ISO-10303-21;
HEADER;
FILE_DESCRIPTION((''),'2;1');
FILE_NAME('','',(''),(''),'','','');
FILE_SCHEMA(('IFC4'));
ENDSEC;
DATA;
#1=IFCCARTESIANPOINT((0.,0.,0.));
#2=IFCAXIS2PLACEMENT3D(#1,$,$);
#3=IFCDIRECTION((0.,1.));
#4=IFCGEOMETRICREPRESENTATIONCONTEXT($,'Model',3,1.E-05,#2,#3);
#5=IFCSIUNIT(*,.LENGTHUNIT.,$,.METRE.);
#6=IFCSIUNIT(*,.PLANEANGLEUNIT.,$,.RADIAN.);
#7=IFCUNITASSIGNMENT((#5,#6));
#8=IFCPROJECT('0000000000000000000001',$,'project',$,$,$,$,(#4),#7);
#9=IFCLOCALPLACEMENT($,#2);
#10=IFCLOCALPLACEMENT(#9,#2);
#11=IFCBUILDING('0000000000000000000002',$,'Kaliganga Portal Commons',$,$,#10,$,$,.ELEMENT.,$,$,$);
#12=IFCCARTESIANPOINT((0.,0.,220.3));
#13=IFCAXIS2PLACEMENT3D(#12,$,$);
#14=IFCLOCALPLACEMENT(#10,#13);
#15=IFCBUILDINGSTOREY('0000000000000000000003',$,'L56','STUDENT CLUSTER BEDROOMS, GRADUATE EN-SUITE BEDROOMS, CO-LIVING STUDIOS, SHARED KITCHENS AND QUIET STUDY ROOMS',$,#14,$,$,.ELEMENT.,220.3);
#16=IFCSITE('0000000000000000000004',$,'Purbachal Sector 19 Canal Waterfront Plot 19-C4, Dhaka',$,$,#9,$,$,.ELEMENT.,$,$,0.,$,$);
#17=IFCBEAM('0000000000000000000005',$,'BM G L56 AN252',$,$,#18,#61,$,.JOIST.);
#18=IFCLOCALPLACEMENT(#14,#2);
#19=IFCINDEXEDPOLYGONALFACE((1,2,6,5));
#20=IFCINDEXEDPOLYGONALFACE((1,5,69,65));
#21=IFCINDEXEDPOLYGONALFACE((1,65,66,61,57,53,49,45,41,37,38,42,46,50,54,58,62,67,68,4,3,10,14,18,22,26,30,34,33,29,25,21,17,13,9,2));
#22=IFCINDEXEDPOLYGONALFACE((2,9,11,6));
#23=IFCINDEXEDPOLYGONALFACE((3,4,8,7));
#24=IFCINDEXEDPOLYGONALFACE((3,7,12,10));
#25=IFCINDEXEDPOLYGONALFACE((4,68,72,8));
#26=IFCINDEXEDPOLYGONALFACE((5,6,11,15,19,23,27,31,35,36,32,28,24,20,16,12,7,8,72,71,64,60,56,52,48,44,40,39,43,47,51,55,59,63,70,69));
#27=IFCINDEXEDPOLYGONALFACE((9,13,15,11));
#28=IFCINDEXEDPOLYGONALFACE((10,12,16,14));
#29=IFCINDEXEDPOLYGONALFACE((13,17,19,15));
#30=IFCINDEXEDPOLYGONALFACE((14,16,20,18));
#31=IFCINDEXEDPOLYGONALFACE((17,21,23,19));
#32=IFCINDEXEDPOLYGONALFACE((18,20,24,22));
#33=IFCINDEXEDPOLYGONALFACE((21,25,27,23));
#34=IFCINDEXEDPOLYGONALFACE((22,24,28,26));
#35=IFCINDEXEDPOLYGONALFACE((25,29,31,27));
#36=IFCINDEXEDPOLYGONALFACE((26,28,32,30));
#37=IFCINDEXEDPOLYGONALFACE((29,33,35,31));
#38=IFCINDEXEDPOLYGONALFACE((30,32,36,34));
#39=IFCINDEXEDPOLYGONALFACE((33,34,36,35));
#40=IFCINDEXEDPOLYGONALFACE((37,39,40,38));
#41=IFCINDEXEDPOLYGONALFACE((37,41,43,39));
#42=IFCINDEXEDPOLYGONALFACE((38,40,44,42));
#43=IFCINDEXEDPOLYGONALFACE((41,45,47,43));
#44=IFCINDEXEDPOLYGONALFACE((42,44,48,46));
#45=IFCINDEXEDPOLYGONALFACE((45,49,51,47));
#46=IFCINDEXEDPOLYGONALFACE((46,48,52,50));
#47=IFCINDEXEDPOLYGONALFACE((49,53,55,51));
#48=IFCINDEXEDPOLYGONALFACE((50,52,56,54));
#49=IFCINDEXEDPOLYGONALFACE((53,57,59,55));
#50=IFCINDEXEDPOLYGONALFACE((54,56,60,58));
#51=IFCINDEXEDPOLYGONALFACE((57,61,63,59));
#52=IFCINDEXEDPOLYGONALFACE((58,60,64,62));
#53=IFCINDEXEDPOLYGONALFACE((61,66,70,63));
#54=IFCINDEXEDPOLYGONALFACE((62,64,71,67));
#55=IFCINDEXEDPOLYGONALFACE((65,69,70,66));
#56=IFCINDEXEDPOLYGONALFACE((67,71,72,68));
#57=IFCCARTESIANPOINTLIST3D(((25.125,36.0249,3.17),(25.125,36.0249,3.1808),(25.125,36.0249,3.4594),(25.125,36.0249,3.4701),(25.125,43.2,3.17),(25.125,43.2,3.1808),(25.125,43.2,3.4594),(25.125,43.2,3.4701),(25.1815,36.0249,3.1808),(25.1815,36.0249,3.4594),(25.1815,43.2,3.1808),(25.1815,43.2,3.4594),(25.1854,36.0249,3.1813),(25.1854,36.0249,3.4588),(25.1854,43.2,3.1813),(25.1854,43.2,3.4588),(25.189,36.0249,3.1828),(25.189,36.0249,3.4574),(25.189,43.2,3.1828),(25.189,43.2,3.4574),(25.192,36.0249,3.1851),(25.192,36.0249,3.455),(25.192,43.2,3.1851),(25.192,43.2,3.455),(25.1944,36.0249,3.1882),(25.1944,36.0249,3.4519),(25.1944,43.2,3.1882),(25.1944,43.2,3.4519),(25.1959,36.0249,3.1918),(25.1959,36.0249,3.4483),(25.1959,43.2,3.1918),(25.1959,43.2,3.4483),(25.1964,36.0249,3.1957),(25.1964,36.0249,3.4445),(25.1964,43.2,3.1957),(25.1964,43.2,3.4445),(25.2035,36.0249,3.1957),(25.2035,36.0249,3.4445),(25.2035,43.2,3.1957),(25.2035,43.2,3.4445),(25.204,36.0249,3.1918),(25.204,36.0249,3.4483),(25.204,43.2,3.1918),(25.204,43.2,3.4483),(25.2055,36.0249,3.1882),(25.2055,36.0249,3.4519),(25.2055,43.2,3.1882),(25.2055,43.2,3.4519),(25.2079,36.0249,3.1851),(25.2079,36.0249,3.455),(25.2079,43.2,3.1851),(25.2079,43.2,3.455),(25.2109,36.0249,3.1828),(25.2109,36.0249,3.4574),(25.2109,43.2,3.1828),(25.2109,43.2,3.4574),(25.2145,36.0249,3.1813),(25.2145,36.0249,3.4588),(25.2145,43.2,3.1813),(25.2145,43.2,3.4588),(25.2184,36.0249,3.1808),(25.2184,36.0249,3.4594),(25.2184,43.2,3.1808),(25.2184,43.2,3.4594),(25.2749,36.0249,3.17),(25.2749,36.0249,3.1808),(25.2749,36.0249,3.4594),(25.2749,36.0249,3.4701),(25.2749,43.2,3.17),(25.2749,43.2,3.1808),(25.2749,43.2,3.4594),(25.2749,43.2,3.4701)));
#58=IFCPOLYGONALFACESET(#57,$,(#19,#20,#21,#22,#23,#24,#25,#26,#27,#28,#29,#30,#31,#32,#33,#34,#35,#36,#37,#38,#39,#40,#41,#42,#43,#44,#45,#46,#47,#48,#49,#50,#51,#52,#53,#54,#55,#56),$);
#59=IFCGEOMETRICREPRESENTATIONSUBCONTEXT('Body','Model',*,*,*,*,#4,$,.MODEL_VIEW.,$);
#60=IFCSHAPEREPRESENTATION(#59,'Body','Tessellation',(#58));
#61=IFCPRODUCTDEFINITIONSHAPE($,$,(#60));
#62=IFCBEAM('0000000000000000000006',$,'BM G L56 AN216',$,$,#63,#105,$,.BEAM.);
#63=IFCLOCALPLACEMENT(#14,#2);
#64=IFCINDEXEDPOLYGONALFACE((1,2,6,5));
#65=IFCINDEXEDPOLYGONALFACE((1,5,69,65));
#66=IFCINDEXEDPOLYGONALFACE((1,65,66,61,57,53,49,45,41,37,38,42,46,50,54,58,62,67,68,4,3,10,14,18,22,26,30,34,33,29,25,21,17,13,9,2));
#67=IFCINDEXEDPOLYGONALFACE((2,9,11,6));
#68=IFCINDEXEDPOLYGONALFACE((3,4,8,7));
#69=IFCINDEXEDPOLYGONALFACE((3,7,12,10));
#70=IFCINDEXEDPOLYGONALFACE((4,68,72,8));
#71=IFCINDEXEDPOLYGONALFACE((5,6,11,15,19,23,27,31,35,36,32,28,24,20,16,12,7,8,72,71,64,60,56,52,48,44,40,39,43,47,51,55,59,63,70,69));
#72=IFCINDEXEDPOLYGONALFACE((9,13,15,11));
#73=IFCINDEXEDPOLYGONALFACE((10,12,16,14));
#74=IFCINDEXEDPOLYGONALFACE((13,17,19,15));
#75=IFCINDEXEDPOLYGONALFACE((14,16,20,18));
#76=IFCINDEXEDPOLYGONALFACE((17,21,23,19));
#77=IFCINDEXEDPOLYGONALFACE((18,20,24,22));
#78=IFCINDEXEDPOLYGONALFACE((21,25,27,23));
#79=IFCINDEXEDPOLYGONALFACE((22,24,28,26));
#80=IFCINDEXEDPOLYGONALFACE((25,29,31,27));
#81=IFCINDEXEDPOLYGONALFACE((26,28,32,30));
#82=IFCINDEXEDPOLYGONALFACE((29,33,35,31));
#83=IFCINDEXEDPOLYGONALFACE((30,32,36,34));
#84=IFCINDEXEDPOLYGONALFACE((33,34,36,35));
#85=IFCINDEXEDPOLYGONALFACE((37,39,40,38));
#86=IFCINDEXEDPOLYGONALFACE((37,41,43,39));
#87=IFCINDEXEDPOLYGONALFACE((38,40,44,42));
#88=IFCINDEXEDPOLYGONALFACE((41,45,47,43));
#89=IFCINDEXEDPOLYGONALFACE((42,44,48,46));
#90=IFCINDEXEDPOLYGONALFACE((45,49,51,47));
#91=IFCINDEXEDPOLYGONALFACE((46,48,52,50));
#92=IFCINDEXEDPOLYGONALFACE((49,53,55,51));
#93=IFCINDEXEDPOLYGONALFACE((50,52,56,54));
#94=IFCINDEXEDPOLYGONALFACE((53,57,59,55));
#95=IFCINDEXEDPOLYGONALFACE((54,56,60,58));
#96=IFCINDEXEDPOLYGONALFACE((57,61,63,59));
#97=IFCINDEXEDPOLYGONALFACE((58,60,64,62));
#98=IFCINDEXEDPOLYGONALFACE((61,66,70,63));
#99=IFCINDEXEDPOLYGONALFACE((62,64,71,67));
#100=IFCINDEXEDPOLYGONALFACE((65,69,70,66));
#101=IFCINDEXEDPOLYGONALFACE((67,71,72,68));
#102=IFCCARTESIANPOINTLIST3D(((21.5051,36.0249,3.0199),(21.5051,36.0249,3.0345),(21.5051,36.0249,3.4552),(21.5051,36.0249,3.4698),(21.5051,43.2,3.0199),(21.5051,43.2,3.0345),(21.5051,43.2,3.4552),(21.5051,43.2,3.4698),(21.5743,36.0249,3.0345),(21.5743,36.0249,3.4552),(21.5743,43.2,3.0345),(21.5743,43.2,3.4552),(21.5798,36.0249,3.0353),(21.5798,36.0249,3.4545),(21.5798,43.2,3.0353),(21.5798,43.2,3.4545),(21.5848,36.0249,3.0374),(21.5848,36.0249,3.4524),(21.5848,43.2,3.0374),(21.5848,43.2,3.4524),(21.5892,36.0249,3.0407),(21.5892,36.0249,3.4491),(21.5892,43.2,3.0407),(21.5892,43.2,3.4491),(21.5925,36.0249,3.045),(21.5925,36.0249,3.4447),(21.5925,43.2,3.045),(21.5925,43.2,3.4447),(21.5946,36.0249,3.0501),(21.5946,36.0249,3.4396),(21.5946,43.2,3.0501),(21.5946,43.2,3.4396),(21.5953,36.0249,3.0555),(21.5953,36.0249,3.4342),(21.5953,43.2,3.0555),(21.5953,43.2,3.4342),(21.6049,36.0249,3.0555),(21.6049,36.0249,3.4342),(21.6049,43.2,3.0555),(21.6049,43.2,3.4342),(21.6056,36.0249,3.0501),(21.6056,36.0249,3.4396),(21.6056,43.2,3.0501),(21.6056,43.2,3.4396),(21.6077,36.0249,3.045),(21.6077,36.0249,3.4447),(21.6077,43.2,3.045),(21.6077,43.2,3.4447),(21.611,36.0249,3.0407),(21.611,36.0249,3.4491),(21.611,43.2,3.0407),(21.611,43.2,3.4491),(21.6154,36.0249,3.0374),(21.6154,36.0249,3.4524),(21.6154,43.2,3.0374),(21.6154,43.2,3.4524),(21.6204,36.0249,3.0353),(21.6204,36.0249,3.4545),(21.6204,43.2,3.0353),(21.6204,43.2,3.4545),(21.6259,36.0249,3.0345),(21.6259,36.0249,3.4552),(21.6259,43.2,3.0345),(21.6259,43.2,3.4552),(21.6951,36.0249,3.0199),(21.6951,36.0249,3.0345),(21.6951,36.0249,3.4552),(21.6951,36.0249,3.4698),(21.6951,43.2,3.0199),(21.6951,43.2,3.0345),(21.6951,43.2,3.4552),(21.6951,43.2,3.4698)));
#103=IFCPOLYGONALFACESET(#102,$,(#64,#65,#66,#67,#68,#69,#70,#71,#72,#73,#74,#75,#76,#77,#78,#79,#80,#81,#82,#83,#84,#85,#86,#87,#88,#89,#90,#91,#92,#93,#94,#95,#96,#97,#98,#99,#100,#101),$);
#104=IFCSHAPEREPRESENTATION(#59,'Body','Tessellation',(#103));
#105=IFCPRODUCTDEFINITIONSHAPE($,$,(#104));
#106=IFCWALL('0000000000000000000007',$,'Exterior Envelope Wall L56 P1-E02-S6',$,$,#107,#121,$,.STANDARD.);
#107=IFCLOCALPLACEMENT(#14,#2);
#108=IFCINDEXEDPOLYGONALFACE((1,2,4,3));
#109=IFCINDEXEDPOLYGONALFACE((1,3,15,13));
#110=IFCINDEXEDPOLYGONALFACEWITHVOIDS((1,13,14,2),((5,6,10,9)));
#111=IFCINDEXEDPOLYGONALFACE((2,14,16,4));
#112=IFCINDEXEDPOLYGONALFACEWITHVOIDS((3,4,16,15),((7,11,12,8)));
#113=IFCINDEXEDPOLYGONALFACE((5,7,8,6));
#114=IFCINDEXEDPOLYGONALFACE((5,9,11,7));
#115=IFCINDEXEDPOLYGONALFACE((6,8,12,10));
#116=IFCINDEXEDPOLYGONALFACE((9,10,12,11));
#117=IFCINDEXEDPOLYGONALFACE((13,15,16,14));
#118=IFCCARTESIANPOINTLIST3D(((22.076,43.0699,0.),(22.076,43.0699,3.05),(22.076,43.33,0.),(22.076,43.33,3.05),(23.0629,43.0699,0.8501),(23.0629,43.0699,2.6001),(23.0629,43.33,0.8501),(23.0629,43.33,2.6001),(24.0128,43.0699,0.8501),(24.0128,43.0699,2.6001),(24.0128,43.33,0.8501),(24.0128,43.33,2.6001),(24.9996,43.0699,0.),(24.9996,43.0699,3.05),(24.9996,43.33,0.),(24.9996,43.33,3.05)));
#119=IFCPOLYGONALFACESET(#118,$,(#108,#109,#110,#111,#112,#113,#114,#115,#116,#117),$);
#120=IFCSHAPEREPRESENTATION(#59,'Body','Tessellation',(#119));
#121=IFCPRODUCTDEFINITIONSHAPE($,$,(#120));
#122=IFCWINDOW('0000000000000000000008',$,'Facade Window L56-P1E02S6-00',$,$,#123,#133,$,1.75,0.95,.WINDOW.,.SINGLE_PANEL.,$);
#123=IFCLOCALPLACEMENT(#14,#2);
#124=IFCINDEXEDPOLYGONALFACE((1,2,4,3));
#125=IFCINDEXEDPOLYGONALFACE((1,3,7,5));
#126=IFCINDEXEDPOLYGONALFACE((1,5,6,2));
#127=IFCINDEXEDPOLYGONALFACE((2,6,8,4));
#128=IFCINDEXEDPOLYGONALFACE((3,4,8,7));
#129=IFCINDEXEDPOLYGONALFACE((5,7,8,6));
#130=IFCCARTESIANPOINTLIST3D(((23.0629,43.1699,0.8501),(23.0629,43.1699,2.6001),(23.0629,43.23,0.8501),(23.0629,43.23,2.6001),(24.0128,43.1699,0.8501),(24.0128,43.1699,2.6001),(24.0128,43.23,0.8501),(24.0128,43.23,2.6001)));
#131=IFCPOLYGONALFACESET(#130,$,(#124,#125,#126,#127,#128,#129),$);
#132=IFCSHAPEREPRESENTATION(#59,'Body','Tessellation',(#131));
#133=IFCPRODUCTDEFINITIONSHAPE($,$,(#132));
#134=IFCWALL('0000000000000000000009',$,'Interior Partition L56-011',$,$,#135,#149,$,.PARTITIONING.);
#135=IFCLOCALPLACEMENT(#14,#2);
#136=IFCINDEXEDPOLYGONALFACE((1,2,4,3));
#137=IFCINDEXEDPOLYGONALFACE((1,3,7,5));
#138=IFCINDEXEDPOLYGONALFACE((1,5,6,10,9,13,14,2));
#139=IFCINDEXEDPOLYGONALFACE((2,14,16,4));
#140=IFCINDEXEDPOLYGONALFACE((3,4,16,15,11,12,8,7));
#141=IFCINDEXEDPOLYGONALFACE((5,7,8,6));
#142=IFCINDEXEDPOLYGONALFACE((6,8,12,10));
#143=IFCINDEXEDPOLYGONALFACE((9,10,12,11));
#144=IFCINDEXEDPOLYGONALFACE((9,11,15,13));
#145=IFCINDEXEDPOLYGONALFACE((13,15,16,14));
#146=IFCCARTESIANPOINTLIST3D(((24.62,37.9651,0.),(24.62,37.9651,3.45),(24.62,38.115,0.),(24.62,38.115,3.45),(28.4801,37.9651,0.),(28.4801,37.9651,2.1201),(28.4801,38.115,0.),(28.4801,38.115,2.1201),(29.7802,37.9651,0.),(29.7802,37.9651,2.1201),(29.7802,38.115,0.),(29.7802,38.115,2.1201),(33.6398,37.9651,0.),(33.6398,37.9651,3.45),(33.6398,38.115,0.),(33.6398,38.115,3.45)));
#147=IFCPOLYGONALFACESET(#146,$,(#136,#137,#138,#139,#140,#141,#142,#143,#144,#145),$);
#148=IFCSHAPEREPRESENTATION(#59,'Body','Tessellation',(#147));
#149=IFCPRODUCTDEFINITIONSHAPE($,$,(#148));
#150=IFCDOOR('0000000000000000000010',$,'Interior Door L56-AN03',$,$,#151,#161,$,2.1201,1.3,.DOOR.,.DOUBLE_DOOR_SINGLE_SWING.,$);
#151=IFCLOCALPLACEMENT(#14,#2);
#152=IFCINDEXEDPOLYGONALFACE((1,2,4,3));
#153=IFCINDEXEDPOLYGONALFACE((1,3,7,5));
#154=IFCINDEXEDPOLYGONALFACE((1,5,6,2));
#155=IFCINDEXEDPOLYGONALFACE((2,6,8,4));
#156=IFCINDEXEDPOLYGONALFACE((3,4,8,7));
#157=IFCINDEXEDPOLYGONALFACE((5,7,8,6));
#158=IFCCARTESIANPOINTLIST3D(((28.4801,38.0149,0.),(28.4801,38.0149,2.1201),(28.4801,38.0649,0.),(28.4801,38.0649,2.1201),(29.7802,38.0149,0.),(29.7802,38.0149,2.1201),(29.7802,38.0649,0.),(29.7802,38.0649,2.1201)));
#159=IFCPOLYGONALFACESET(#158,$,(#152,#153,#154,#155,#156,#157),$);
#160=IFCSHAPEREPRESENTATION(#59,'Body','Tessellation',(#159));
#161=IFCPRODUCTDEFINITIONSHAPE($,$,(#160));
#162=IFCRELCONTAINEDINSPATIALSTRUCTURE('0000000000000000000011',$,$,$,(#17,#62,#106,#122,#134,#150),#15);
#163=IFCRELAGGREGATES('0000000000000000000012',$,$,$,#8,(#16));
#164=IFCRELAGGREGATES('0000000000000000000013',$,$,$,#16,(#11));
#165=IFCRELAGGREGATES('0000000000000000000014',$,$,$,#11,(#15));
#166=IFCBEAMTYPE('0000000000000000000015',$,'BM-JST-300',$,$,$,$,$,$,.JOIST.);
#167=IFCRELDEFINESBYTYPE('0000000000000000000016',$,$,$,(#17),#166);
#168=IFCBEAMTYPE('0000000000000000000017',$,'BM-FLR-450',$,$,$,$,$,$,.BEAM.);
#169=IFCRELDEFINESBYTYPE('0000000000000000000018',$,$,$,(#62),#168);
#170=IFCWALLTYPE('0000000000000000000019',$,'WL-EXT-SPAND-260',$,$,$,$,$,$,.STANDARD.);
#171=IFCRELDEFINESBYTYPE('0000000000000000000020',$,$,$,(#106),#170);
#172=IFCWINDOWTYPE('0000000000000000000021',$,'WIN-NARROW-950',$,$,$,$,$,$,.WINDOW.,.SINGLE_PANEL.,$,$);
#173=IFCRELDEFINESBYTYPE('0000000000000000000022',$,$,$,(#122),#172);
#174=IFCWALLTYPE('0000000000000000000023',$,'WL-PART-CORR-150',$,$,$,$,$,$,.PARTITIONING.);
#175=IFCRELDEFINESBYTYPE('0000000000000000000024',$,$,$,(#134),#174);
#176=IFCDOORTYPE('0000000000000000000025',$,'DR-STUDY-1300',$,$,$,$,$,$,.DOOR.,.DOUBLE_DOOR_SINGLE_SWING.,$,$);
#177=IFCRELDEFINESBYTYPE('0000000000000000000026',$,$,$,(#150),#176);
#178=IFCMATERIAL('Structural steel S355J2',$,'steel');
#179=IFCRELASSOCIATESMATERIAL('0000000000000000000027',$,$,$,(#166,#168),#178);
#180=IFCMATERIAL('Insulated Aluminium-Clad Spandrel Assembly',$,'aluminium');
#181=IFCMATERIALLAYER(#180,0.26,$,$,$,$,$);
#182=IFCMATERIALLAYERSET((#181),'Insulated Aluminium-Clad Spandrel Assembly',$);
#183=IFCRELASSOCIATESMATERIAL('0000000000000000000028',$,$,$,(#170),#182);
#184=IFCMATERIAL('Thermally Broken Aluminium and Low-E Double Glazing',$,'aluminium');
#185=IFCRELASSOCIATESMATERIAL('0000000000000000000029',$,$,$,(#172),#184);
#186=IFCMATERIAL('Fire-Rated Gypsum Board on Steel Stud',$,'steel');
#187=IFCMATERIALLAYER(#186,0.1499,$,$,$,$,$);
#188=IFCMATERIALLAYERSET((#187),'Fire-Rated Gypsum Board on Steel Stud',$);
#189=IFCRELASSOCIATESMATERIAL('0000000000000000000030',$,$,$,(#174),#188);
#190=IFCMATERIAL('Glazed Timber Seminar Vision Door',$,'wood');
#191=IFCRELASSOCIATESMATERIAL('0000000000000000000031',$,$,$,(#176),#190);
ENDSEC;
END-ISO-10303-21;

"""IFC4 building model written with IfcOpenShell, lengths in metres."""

from ifc_helpers import new_model, si_unit, direction, frame, frame_2d, origin, origin_2d, place, context, subcontext, project, spatial, rectangle, i_section, extrude, source, transform, mapped, material, layer, layer_set, material_profile, profile_set, type_object, element, fill, save


model = new_model("IFC4")

# Units and contexts
model_context = context("Model", 3, precision=1e-05, world=origin(), true_north=direction((0.0, 1.0)))
body_context = subcontext(model_context, "Body", "Model", "MODEL_VIEW")
ifc_project = project(units=[si_unit("LENGTHUNIT", "METRE"), si_unit("PLANEANGLEUNIT", "RADIAN")], contexts=[model_context])

# Site, building, storey
site_placement = place(None, origin())
site = spatial("IfcSite", under=ifc_project, at=site_placement, Name="Purbachal Sector 19 Canal Waterfront Plot 19-C4, Dhaka", CompositionType="ELEMENT", RefElevation=0.0)
building_placement = place(site_placement, origin())
building = spatial("IfcBuilding", under=site, at=building_placement, Name="Kaliganga Portal Commons", CompositionType="ELEMENT")
storey_placement = place(building_placement, frame((0.0, 0.0, 220.3)))
storey = spatial("IfcBuildingStorey", under=building, at=storey_placement, Name="L56", Description="STUDENT CLUSTER BEDROOMS, GRADUATE EN-SUITE BEDROOMS, CO-LIVING STUDIOS, SHARED KITCHENS AND QUIET STUDY ROOMS", CompositionType="ELEMENT", Elevation=220.3)

# Shared definitions
ifc_material_1 = material(Name="Structural steel S355J2", Category="steel")

# Beams
ifc_material_profile_1 = material_profile(ifc_material_1, i_section(OverallWidth=0.1499, OverallDepth=0.3, WebThickness=0.0071, FlangeThickness=0.0107, FilletRadius=0.0149, at=origin_2d()), Name="IPE 300")
ifc_profile_set_1 = profile_set([ifc_material_profile_1], Name="Structural steel S355J2 wide-flange")
beam_type_1 = type_object("IfcBeamType", Name="BM-JST-300", PredefinedType="JOIST", material=ifc_profile_set_1)
shared_shape_1 = source(origin(), body_context, "Body", "SweptSolid", [
    extrude(i_section(OverallWidth=0.1499, OverallDepth=0.3, WebThickness=0.0071, FlangeThickness=0.0107, FilletRadius=0.0149, at=origin_2d()), origin(), (0.0, 0.0, 1.0), 7.175),
])
beam_1_placement = place(storey_placement, frame((25.2, 36.0249, 3.3201), z_axis=(0.0, 1.0, 0.0), x_axis=(-1.0, 0.0, 0.0)))
element("IfcBeam", 1, at=beam_1_placement, inside=storey, type_object=beam_type_1, Name="BM G L56 AN252", PredefinedType="JOIST", context=body_context, shape_type="MappedRepresentation", body=[
    mapped(shared_shape_1, transform((0.0, 0.0, 0.0), x_axis=(1.0, 0.0, 0.0), y_axis=(0.0, 1.0, 0.0), z_axis=(0.0, 0.0, 1.0), scale=1.0)),
])
ifc_material_profile_2 = material_profile(ifc_material_1, i_section(OverallWidth=0.1899, OverallDepth=0.45, WebThickness=0.0095, FlangeThickness=0.0146, FilletRadius=0.021, at=origin_2d()), Name="IPE 450")
ifc_profile_set_2 = profile_set([ifc_material_profile_2], Name="Structural steel S355J2 wide-flange")
beam_type_2 = type_object("IfcBeamType", Name="BM-FLR-450", PredefinedType="BEAM", material=ifc_profile_set_2)
shared_shape_2 = source(origin(), body_context, "Body", "SweptSolid", [
    extrude(i_section(OverallWidth=0.1899, OverallDepth=0.45, WebThickness=0.0095, FlangeThickness=0.0146, FilletRadius=0.021, at=origin_2d()), origin(), (0.0, 0.0, 1.0), 7.175),
])
beam_2_placement = place(storey_placement, frame((21.6001, 36.0249, 3.2449), z_axis=(0.0, 1.0, 0.0), x_axis=(-1.0, 0.0, 0.0)))
element("IfcBeam", 2, at=beam_2_placement, inside=storey, type_object=beam_type_2, Name="BM G L56 AN216", PredefinedType="BEAM", context=body_context, shape_type="MappedRepresentation", body=[
    mapped(shared_shape_2, transform((0.0, 0.0, 0.0), x_axis=(1.0, 0.0, 0.0), y_axis=(0.0, 1.0, 0.0), z_axis=(0.0, 0.0, 1.0), scale=1.0)),
])

# Wall, opening, window
ifc_material_2 = material(Name="Insulated Aluminium-Clad Spandrel Assembly", Category="aluminium")
ifc_layer_1 = layer(ifc_material_2, 0.26)
ifc_layer_set_1 = layer_set([ifc_layer_1], Name="Insulated Aluminium-Clad Spandrel Assembly")
wall_type_1 = type_object("IfcWallType", Name="WL-EXT-SPAND-260", PredefinedType="STANDARD", material=ifc_layer_set_1)
wall_1_placement = place(storey_placement, frame((22.0759, 43.2, 0.0), z_axis=(0.0, 0.0, 1.0), x_axis=(1.0, 0.0, 0.0)))
wall_1 = element("IfcWall", 3, at=wall_1_placement, inside=storey, type_object=wall_type_1, Name="Exterior Envelope Wall L56 P1-E02-S6", PredefinedType="STANDARD", context=body_context, shape_type="SweptSolid", body=[
    extrude(rectangle(XDim=2.9236, YDim=0.26, at=frame_2d((1.4619, 0.0))), origin(), (0.0, 0.0, 1.0), 3.05),
])
opening_1_placement = place(wall_1_placement, frame((0.9868, 0.0, 0.8501)))
opening_1 = element("IfcOpeningElement", 4, at=opening_1_placement, cuts=wall_1, PredefinedType="OPENING", context=body_context, shape_type="SweptSolid", body=[
    extrude(rectangle(XDim=0.95, YDim=1.75, at=frame_2d((0.4751, 0.875))), frame((0.0, 0.1401, 0.0), z_axis=(0.0, -1.0, 0.0), x_axis=(1.0, 0.0, 0.0)), (0.0, 0.0, 1.0), 0.28),
])
ifc_material_3 = material(Name="Thermally Broken Aluminium and Low-E Double Glazing", Category="aluminium")
window_type = type_object("IfcWindowType", Name="WIN-NARROW-950", PartitioningType="SINGLE_PANEL", PredefinedType="WINDOW", material=ifc_material_3)
window_placement = place(opening_1_placement, origin())
window = element("IfcWindow", 5, at=window_placement, inside=storey, type_object=window_type, Name="Facade Window L56-P1E02S6-00", OverallHeight=1.75, OverallWidth=0.95, PartitioningType="SINGLE_PANEL", PredefinedType="WINDOW", context=body_context, shape_type="SweptSolid", body=[
    extrude(rectangle(XDim=0.95, YDim=1.75, at=frame_2d((0.4751, 0.875))), frame((0.0, 0.03, 0.0), z_axis=(0.0, -1.0, 0.0), x_axis=(1.0, 0.0, 0.0)), (0.0, 0.0, 1.0), 0.0601),
])
fill(opening_1, window)

# Wall, opening, door
ifc_material_4 = material(Name="Fire-Rated Gypsum Board on Steel Stud", Category="steel")
ifc_layer_2 = layer(ifc_material_4, 0.1499)
ifc_layer_set_2 = layer_set([ifc_layer_2], Name="Fire-Rated Gypsum Board on Steel Stud")
wall_type_2 = type_object("IfcWallType", Name="WL-PART-CORR-150", PredefinedType="PARTITIONING", material=ifc_layer_set_2)
wall_2_placement = place(storey_placement, frame((24.6201, 38.04, 0.0), z_axis=(0.0, 0.0, 1.0), x_axis=(1.0, 0.0, 0.0)))
wall_2 = element("IfcWall", 6, at=wall_2_placement, inside=storey, type_object=wall_type_2, Name="Interior Partition L56-011", PredefinedType="PARTITIONING", context=body_context, shape_type="SweptSolid", body=[
    extrude(rectangle(XDim=9.0198, YDim=0.1499, at=frame_2d((4.5098, 0.0))), origin(), (0.0, 0.0, 1.0), 3.45),
])
opening_2_placement = place(wall_2_placement, frame((3.8601, 0.0, 0.0)))
opening_2 = element("IfcOpeningElement", 7, at=opening_2_placement, cuts=wall_2, PredefinedType="OPENING", context=body_context, shape_type="SweptSolid", body=[
    extrude(rectangle(XDim=1.3, YDim=2.1201, at=frame_2d((0.6499, 1.0601))), frame((0.0, 0.085, 0.0), z_axis=(0.0, -1.0, 0.0), x_axis=(1.0, 0.0, 0.0)), (0.0, 0.0, 1.0), 0.1699),
])
ifc_material_5 = material(Name="Glazed Timber Seminar Vision Door", Category="wood")
door_type_1 = type_object("IfcDoorType", Name="DR-STUDY-1300", OperationType="DOUBLE_DOOR_SINGLE_SWING", PredefinedType="DOOR", material=ifc_material_5)
door_1_placement = place(opening_2_placement, origin())
door_1 = element("IfcDoor", 8, at=door_1_placement, inside=storey, type_object=door_type_1, Name="Interior Door L56-AN03", OperationType="DOUBLE_DOOR_SINGLE_SWING", OverallHeight=2.1201, OverallWidth=1.3, PredefinedType="DOOR", context=body_context, shape_type="SweptSolid", body=[
    extrude(rectangle(XDim=1.3, YDim=2.1201, at=frame_2d((0.6499, 1.0601))), frame((0.0, 0.0249, 0.0), z_axis=(0.0, -1.0, 0.0), x_axis=(1.0, 0.0, 0.0)), (0.0, 0.0, 1.0), 0.05),
])
fill(opening_2, door_1)

save(model, "model.ifc")
